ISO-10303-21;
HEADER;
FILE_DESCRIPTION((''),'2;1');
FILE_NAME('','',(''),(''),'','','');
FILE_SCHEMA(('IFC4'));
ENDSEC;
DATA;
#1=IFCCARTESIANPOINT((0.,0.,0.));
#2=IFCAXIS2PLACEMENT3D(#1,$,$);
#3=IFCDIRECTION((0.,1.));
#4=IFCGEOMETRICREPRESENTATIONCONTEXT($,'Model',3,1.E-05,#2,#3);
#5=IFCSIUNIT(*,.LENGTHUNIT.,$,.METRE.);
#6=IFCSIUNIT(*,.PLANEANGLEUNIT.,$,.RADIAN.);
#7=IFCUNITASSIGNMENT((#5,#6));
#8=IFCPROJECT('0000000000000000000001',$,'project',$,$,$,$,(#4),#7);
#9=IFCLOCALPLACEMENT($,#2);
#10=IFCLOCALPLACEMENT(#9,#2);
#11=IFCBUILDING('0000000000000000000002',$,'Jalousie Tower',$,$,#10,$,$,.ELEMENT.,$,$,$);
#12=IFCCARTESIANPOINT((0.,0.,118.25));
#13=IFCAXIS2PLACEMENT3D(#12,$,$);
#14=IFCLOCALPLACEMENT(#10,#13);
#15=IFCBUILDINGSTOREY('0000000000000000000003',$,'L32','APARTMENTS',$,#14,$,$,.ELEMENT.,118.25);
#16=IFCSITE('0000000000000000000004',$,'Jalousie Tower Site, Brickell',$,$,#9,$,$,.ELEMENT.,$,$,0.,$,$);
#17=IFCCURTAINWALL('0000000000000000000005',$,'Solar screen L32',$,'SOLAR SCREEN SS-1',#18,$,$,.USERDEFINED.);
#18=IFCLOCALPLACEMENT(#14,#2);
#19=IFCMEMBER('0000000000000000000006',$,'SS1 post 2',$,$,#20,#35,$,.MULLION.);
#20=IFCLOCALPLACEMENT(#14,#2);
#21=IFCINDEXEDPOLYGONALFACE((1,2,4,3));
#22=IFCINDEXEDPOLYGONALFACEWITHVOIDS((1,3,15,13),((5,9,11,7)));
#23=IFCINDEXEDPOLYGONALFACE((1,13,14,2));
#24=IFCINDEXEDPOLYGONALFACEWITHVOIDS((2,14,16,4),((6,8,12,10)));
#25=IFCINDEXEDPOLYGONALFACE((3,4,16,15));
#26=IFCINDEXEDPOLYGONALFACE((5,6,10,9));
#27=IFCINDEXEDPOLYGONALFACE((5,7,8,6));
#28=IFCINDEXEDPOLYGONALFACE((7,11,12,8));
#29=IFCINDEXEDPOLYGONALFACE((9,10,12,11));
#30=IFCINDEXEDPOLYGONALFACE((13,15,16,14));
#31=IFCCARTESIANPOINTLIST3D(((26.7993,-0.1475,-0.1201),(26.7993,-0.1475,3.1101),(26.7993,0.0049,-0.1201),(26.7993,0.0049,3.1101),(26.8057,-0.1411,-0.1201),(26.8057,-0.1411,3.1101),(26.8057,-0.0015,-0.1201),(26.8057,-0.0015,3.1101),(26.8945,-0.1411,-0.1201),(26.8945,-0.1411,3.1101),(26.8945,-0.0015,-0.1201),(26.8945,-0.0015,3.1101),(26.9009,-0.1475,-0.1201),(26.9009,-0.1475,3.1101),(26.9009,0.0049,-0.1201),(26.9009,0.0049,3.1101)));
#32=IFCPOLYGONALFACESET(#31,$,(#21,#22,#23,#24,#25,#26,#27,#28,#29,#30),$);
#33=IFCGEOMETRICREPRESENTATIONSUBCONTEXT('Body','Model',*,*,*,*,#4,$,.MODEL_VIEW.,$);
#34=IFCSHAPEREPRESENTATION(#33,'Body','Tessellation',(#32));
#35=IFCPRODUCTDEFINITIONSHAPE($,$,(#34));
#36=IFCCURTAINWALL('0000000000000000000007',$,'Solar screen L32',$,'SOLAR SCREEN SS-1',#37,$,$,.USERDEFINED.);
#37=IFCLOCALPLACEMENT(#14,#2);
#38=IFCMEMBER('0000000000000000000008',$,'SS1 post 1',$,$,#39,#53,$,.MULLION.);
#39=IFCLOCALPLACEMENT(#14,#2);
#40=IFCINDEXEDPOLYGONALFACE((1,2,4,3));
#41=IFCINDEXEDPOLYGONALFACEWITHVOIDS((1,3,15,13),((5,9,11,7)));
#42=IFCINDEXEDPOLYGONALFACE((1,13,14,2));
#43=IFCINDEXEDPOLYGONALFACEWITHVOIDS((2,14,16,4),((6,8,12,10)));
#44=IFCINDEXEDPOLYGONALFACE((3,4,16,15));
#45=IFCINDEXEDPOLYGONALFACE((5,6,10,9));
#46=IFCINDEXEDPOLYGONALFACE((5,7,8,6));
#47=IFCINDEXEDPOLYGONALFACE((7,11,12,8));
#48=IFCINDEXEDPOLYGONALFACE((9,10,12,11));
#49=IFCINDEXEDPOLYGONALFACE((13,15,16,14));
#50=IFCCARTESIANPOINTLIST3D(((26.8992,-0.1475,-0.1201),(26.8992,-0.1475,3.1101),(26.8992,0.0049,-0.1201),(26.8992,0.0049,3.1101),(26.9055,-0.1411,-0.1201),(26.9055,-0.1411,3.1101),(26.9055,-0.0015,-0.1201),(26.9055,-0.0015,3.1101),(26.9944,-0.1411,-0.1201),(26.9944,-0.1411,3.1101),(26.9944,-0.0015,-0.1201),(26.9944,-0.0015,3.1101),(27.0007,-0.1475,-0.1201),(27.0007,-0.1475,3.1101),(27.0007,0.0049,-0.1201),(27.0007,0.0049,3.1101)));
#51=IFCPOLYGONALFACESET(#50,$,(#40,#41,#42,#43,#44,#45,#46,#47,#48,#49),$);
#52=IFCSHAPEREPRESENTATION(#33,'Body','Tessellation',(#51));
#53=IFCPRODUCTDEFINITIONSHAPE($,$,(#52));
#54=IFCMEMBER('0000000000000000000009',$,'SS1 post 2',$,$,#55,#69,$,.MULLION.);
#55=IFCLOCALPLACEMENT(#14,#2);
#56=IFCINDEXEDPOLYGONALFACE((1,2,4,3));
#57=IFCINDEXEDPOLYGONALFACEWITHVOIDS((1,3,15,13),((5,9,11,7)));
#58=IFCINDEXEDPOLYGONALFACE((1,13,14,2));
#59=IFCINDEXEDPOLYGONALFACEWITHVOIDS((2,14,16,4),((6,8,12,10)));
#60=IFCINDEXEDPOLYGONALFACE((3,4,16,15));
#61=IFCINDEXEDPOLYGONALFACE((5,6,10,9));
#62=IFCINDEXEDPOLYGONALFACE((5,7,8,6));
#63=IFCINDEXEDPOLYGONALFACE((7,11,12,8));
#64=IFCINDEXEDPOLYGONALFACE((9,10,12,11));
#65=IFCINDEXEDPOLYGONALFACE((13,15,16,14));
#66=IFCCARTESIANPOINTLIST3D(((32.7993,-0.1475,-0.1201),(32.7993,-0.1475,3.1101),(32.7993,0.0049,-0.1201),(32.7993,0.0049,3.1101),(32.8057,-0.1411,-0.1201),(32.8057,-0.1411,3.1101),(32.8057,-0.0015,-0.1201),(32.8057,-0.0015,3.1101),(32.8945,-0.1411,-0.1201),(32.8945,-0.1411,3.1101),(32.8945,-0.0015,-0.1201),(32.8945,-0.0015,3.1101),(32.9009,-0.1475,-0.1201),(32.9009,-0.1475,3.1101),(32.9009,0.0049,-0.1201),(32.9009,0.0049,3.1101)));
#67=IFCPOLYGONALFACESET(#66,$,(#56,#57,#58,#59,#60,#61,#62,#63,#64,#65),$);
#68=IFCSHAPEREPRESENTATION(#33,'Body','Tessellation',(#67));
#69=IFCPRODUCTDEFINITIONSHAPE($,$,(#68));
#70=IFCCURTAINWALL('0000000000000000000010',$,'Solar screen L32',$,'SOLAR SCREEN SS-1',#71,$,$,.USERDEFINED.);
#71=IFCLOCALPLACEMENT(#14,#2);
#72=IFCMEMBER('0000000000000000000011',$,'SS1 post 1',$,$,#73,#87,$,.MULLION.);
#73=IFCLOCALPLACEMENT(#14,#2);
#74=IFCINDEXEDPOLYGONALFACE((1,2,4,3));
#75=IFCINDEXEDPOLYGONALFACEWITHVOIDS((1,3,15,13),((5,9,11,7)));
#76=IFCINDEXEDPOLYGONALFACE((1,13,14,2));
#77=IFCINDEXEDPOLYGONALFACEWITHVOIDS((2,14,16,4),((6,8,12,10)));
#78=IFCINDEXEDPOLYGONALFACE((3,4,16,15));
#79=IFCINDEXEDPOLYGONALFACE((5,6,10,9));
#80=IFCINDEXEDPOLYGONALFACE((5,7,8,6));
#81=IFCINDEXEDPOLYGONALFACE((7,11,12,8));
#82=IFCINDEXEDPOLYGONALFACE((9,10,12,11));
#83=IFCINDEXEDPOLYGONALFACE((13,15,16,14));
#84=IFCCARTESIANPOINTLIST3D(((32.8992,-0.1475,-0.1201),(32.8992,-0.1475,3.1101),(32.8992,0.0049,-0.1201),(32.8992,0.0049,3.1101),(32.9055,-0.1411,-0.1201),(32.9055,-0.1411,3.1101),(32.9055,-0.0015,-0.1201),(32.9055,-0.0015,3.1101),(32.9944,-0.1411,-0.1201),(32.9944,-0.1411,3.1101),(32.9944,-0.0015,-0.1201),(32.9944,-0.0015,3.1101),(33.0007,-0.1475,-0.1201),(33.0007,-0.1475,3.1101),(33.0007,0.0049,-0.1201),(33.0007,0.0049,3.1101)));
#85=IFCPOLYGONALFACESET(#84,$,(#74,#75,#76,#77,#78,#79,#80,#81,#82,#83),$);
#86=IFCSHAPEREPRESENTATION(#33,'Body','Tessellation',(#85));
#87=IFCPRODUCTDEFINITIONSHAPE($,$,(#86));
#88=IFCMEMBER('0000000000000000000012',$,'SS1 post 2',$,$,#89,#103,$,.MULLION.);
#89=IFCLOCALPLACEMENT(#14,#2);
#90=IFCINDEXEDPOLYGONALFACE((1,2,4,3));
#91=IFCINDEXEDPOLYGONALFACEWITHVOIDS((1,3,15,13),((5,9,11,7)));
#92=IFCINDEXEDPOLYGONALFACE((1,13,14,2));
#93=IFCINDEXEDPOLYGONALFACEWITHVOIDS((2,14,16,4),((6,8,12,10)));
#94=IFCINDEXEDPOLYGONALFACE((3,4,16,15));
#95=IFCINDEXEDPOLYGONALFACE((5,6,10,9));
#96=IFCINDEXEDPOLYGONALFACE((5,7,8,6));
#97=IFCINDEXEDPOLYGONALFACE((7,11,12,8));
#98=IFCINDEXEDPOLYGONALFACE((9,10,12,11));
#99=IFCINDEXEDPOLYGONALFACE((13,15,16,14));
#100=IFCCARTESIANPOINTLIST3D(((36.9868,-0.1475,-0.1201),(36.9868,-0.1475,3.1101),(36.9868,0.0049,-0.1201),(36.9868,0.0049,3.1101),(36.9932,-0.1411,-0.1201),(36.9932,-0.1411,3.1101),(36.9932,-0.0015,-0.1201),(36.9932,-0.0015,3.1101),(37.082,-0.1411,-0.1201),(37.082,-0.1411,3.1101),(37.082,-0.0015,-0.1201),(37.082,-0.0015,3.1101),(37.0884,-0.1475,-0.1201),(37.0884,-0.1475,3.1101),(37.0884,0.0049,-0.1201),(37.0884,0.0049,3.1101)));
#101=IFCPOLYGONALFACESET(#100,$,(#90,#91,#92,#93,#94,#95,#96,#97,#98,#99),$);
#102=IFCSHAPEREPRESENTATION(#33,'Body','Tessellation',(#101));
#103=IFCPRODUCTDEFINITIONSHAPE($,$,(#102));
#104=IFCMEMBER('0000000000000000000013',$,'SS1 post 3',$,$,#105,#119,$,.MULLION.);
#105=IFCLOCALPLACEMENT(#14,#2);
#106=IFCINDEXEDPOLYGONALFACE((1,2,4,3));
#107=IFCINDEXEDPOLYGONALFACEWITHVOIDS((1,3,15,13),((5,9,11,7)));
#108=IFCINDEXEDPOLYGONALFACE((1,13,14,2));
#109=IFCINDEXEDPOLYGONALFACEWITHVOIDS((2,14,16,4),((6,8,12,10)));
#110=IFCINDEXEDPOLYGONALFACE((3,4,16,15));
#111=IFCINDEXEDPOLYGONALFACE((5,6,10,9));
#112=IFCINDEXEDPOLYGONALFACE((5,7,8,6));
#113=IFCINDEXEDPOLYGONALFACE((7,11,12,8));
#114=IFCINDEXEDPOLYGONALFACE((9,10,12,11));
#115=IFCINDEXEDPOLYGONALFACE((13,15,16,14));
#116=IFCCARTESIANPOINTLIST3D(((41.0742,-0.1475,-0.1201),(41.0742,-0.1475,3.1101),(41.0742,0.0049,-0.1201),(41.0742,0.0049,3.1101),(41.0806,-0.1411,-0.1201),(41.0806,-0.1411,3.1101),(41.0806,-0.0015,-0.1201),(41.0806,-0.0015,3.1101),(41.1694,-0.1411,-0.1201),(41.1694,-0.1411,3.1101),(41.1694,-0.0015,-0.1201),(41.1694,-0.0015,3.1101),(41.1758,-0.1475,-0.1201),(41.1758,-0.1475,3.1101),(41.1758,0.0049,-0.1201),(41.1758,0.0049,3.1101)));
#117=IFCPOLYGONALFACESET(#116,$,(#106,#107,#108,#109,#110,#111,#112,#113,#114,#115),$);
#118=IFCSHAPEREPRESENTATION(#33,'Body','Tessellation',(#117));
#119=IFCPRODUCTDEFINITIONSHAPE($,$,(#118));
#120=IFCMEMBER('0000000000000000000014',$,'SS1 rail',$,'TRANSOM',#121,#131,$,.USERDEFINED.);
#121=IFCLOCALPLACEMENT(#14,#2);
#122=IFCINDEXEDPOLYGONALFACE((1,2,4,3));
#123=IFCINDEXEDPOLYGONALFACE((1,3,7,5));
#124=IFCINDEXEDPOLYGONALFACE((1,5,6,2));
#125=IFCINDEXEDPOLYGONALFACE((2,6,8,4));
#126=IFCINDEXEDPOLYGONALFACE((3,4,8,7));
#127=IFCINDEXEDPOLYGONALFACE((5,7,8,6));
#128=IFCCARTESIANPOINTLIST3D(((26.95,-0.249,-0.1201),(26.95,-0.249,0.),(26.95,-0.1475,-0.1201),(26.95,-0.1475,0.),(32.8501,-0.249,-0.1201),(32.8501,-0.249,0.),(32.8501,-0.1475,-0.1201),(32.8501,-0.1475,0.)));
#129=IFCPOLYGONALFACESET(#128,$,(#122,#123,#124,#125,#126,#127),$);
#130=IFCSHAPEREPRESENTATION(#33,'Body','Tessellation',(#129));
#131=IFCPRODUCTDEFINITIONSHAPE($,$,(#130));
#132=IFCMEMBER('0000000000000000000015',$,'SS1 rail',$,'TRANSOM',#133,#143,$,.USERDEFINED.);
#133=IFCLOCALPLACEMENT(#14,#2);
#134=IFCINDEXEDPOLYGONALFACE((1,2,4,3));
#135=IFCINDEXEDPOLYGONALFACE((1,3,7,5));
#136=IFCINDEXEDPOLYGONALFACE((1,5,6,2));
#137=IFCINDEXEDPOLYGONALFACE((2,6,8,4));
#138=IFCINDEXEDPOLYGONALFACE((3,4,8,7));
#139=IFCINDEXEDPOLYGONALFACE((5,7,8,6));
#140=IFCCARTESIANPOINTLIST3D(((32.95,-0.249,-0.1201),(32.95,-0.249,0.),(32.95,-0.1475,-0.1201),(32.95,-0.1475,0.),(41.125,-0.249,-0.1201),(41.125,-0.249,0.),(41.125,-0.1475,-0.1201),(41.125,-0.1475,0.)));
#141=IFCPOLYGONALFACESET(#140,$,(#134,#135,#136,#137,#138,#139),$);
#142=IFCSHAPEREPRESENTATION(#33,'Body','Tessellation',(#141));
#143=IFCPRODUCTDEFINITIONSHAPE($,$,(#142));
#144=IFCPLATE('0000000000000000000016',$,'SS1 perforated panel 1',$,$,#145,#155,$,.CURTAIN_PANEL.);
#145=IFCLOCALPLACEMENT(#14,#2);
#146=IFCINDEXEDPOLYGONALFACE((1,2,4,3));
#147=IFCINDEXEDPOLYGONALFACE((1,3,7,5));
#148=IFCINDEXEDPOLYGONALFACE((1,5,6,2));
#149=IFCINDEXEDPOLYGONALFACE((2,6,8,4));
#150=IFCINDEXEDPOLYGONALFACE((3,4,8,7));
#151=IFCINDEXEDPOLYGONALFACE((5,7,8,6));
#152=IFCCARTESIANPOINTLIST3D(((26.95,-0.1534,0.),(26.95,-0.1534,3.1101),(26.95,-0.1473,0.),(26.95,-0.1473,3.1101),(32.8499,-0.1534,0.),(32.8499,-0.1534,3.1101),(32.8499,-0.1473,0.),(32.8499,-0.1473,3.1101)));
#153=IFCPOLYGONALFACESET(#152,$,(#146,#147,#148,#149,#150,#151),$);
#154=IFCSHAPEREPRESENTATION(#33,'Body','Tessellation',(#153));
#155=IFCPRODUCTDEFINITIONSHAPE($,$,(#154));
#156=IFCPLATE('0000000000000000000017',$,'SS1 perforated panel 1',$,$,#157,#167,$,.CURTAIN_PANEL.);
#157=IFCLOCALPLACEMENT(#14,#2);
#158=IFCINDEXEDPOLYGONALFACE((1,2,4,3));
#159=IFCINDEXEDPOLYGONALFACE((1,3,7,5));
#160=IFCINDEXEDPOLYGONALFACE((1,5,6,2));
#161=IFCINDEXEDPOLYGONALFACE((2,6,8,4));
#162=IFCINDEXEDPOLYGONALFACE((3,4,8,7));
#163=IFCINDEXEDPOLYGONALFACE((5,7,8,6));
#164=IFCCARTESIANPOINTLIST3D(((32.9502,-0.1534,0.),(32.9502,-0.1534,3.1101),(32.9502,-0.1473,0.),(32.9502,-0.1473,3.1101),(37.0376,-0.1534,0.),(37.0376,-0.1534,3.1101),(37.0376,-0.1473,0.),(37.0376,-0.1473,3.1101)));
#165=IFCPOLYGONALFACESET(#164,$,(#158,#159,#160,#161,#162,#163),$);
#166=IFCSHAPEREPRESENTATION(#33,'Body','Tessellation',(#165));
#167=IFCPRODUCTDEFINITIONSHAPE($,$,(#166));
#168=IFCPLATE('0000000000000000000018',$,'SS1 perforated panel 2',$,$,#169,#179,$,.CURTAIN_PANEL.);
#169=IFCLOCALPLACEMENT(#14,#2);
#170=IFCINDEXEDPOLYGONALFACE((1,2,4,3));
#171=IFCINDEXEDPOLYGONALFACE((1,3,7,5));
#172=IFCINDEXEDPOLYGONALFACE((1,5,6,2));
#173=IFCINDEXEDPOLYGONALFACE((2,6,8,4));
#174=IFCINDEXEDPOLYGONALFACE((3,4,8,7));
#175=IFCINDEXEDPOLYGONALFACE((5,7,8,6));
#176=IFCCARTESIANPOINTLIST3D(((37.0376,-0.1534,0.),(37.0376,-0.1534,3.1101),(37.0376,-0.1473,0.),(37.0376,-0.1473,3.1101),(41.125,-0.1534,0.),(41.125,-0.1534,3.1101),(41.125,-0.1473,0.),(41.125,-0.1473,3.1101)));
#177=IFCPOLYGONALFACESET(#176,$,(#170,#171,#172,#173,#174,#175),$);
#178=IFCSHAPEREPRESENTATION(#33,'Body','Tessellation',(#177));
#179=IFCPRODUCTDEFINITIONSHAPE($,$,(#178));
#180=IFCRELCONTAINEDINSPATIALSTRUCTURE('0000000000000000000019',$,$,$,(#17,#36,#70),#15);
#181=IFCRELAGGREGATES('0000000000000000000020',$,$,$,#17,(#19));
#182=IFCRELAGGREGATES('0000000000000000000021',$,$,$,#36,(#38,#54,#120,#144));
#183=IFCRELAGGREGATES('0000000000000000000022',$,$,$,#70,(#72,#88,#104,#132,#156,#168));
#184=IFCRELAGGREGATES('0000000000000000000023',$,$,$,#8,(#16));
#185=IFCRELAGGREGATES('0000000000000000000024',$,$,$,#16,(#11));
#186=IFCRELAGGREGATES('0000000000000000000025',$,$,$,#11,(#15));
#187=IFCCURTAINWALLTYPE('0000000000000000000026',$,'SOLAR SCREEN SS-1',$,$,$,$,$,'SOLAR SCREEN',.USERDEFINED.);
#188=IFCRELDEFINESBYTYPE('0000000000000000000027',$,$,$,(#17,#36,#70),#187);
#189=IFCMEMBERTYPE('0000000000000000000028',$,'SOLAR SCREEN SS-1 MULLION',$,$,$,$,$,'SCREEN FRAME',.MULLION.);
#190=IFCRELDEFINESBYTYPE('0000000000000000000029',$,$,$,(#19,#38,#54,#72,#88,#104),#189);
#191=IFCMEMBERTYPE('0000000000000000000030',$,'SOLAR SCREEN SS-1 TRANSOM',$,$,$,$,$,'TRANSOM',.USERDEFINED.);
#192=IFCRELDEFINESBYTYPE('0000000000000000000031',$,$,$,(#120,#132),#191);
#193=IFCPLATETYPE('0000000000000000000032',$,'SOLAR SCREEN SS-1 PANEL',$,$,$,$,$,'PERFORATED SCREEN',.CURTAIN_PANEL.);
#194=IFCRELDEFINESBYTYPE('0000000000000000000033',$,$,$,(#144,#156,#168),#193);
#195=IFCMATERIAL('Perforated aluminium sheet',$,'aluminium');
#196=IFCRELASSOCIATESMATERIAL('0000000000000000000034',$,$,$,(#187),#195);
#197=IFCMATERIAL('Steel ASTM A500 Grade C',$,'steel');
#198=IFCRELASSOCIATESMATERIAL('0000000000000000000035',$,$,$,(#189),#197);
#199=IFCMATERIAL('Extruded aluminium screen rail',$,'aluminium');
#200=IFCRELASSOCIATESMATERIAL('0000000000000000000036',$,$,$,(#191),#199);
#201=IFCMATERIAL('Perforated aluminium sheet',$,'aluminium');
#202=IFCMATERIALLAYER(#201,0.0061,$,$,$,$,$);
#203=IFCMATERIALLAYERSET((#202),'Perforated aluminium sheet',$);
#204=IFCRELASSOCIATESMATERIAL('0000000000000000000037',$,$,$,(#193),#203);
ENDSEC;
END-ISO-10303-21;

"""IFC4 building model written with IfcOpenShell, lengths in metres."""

from ifc_helpers import new_model, si_unit, direction, frame, origin, origin_2d, place, context, subcontext, project, spatial, rectangle, hollow_rectangle, extrude, material, layer, layer_set, material_profile, profile_set, type_object, element, aggregate, save


model = new_model("IFC4")

# Units and contexts
model_context = context("Model", 3, precision=1e-05, world=origin(), true_north=direction((0.0, 1.0)))
body_context = subcontext(model_context, "Body", "Model", "MODEL_VIEW")
ifc_project = project(units=[si_unit("LENGTHUNIT", "METRE"), si_unit("PLANEANGLEUNIT", "RADIAN")], contexts=[model_context])

# Site, building, storey
site_placement = place(None, origin())
site = spatial("IfcSite", under=ifc_project, at=site_placement, Name="Jalousie Tower Site, Brickell", CompositionType="ELEMENT", RefElevation=0.0)
building_placement = place(site_placement, origin())
building = spatial("IfcBuilding", under=site, at=building_placement, Name="Jalousie Tower", CompositionType="ELEMENT")
storey_placement = place(building_placement, frame((0.0, 0.0, 118.25)))
storey = spatial("IfcBuildingStorey", under=building, at=storey_placement, Name="L32", Description="APARTMENTS", CompositionType="ELEMENT", Elevation=118.25)

# Curtain wall, member
ifc_material_1 = material(Name="Perforated aluminium sheet", Category="aluminium")
curtain_wall_type = type_object("IfcCurtainWallType", Name="SOLAR SCREEN SS-1", ElementType="SOLAR SCREEN", PredefinedType="USERDEFINED", material=ifc_material_1)
curtain_wall_1_placement = place(storey_placement, origin())
curtain_wall_1 = element("IfcCurtainWall", 1, at=curtain_wall_1_placement, inside=storey, type_object=curtain_wall_type, Name="Solar screen L32", ObjectType="SOLAR SCREEN SS-1", PredefinedType="USERDEFINED")
ifc_material_2 = material(Name="Steel ASTM A500 Grade C", Category="steel")
ifc_material_profile_1 = material_profile(ifc_material_2, hollow_rectangle(XDim=0.1016, YDim=0.1523, WallThickness=0.0063, at=origin_2d()), Name="HSS6X4X1/4")
ifc_profile_set_1 = profile_set([ifc_material_profile_1], Name="Steel ASTM A500 Grade C")
member_type_1 = type_object("IfcMemberType", Name="SOLAR SCREEN SS-1 MULLION", ElementType="SCREEN FRAME", PredefinedType="MULLION", material=ifc_profile_set_1)
member_1_placement = place(storey_placement, frame((26.8501, -0.0713, -0.1201), z_axis=(0.0, 0.0, 1.0), x_axis=(1.0, 0.0, 0.0)))
member_1 = element("IfcMember", 2, at=member_1_placement, type_object=member_type_1, Name="SS1 post 2", PredefinedType="MULLION", context=body_context, shape_type="SweptSolid", body=[
    extrude(hollow_rectangle(XDim=0.1016, YDim=0.1523, WallThickness=0.0063, at=origin_2d()), origin(), (0.0, 0.0, 1.0), 3.2302),
])
aggregate(curtain_wall_1, [member_1])

# Curtain walls, members
curtain_wall_2_placement = place(storey_placement, origin())
curtain_wall_2 = element("IfcCurtainWall", 3, at=curtain_wall_2_placement, inside=storey, type_object=curtain_wall_type, Name="Solar screen L32", ObjectType="SOLAR SCREEN SS-1", PredefinedType="USERDEFINED")
member_2_placement = place(storey_placement, frame((26.95, -0.0713, -0.1201), z_axis=(0.0, 0.0, 1.0), x_axis=(1.0, 0.0, 0.0)))
member_2 = element("IfcMember", 4, at=member_2_placement, type_object=member_type_1, Name="SS1 post 1", PredefinedType="MULLION", context=body_context, shape_type="SweptSolid", body=[
    extrude(hollow_rectangle(XDim=0.1016, YDim=0.1523, WallThickness=0.0063, at=origin_2d()), origin(), (0.0, 0.0, 1.0), 3.2302),
])
member_3_placement = place(storey_placement, frame((32.8501, -0.0713, -0.1201), z_axis=(0.0, 0.0, 1.0), x_axis=(1.0, 0.0, 0.0)))
member_3 = element("IfcMember", 5, at=member_3_placement, type_object=member_type_1, Name="SS1 post 2", PredefinedType="MULLION", context=body_context, shape_type="SweptSolid", body=[
    extrude(hollow_rectangle(XDim=0.1016, YDim=0.1523, WallThickness=0.0063, at=origin_2d()), origin(), (0.0, 0.0, 1.0), 3.2302),
])
curtain_wall_3_placement = place(storey_placement, origin())
curtain_wall_3 = element("IfcCurtainWall", 6, at=curtain_wall_3_placement, inside=storey, type_object=curtain_wall_type, Name="Solar screen L32", ObjectType="SOLAR SCREEN SS-1", PredefinedType="USERDEFINED")
member_4_placement = place(storey_placement, frame((32.95, -0.0713, -0.1201), z_axis=(0.0, 0.0, 1.0), x_axis=(1.0, 0.0, 0.0)))
member_4 = element("IfcMember", 7, at=member_4_placement, type_object=member_type_1, Name="SS1 post 1", PredefinedType="MULLION", context=body_context, shape_type="SweptSolid", body=[
    extrude(hollow_rectangle(XDim=0.1016, YDim=0.1523, WallThickness=0.0063, at=origin_2d()), origin(), (0.0, 0.0, 1.0), 3.2302),
])
member_5_placement = place(storey_placement, frame((37.0376, -0.0713, -0.1201), z_axis=(0.0, 0.0, 1.0), x_axis=(1.0, 0.0, 0.0)))
member_5 = element("IfcMember", 8, at=member_5_placement, type_object=member_type_1, Name="SS1 post 2", PredefinedType="MULLION", context=body_context, shape_type="SweptSolid", body=[
    extrude(hollow_rectangle(XDim=0.1016, YDim=0.1523, WallThickness=0.0063, at=origin_2d()), origin(), (0.0, 0.0, 1.0), 3.2302),
])
member_6_placement = place(storey_placement, frame((41.125, -0.0713, -0.1201), z_axis=(0.0, 0.0, 1.0), x_axis=(1.0, 0.0, 0.0)))
member_6 = element("IfcMember", 9, at=member_6_placement, type_object=member_type_1, Name="SS1 post 3", PredefinedType="MULLION", context=body_context, shape_type="SweptSolid", body=[
    extrude(hollow_rectangle(XDim=0.1016, YDim=0.1523, WallThickness=0.0063, at=origin_2d()), origin(), (0.0, 0.0, 1.0), 3.2302),
])

# Members
ifc_material_3 = material(Name="Extruded aluminium screen rail", Category="aluminium")
ifc_material_profile_2 = material_profile(ifc_material_3, rectangle(XDim=0.1016, YDim=0.1201, at=origin_2d()), Name="RAIL 102x120")
ifc_profile_set_2 = profile_set([ifc_material_profile_2], Name="Extruded aluminium screen rail")
member_type_2 = type_object("IfcMemberType", Name="SOLAR SCREEN SS-1 TRANSOM", ElementType="TRANSOM", PredefinedType="USERDEFINED", material=ifc_profile_set_2)
member_7_placement = place(storey_placement, frame((26.95, -0.1982, -0.0601), z_axis=(1.0, 0.0, 0.0), x_axis=(0.0, 1.0, 0.0)))
member_7 = element("IfcMember", 10, at=member_7_placement, type_object=member_type_2, Name="SS1 rail", ObjectType="TRANSOM", PredefinedType="USERDEFINED", context=body_context, shape_type="SweptSolid", body=[
    extrude(rectangle(XDim=0.1016, YDim=0.1201, at=origin_2d()), origin(), (0.0, 0.0, 1.0), 5.9001),
])
member_8_placement = place(storey_placement, frame((32.95, -0.1982, -0.0601), z_axis=(1.0, 0.0, 0.0), x_axis=(0.0, 1.0, 0.0)))
member_8 = element("IfcMember", 11, at=member_8_placement, type_object=member_type_2, Name="SS1 rail", ObjectType="TRANSOM", PredefinedType="USERDEFINED", context=body_context, shape_type="SweptSolid", body=[
    extrude(rectangle(XDim=0.1016, YDim=0.1201, at=origin_2d()), origin(), (0.0, 0.0, 1.0), 8.175),
])

# Plates
ifc_material_4 = material(Name="Perforated aluminium sheet", Category="aluminium")
ifc_layer_1 = layer(ifc_material_4, 0.0061)
ifc_layer_set_1 = layer_set([ifc_layer_1], Name="Perforated aluminium sheet")
plate_type = type_object("IfcPlateType", Name="SOLAR SCREEN SS-1 PANEL", ElementType="PERFORATED SCREEN", PredefinedType="CURTAIN_PANEL", material=ifc_layer_set_1)
plate_1_placement = place(storey_placement, frame((29.8999, -0.1504, 0.0), z_axis=(0.0, 0.0, 1.0), x_axis=(1.0, 0.0, 0.0)))
plate_1 = element("IfcPlate", 12, at=plate_1_placement, type_object=plate_type, Name="SS1 perforated panel 1", PredefinedType="CURTAIN_PANEL", context=body_context, shape_type="SweptSolid", body=[
    extrude(rectangle(XDim=5.8999, YDim=0.0061, at=origin_2d()), origin(), (0.0, 0.0, 1.0), 3.1101),
])
aggregate(curtain_wall_2, [member_2, member_3, member_7, plate_1])
plate_2_placement = place(storey_placement, frame((34.9939, -0.1504, 0.0), z_axis=(0.0, 0.0, 1.0), x_axis=(1.0, 0.0, 0.0)))
plate_2 = element("IfcPlate", 13, at=plate_2_placement, type_object=plate_type, Name="SS1 perforated panel 1", PredefinedType="CURTAIN_PANEL", context=body_context, shape_type="SweptSolid", body=[
    extrude(rectangle(XDim=4.0874, YDim=0.0061, at=origin_2d()), origin(), (0.0, 0.0, 1.0), 3.1101),
])
plate_3_placement = place(storey_placement, frame((39.0813, -0.1504, 0.0), z_axis=(0.0, 0.0, 1.0), x_axis=(1.0, 0.0, 0.0)))
plate_3 = element("IfcPlate", 14, at=plate_3_placement, type_object=plate_type, Name="SS1 perforated panel 2", PredefinedType="CURTAIN_PANEL", context=body_context, shape_type="SweptSolid", body=[
    extrude(rectangle(XDim=4.0874, YDim=0.0061, at=origin_2d()), origin(), (0.0, 0.0, 1.0), 3.1101),
])
aggregate(curtain_wall_3, [member_4, member_5, member_6, member_8, plate_2, plate_3])

save(model, "model.ifc")
